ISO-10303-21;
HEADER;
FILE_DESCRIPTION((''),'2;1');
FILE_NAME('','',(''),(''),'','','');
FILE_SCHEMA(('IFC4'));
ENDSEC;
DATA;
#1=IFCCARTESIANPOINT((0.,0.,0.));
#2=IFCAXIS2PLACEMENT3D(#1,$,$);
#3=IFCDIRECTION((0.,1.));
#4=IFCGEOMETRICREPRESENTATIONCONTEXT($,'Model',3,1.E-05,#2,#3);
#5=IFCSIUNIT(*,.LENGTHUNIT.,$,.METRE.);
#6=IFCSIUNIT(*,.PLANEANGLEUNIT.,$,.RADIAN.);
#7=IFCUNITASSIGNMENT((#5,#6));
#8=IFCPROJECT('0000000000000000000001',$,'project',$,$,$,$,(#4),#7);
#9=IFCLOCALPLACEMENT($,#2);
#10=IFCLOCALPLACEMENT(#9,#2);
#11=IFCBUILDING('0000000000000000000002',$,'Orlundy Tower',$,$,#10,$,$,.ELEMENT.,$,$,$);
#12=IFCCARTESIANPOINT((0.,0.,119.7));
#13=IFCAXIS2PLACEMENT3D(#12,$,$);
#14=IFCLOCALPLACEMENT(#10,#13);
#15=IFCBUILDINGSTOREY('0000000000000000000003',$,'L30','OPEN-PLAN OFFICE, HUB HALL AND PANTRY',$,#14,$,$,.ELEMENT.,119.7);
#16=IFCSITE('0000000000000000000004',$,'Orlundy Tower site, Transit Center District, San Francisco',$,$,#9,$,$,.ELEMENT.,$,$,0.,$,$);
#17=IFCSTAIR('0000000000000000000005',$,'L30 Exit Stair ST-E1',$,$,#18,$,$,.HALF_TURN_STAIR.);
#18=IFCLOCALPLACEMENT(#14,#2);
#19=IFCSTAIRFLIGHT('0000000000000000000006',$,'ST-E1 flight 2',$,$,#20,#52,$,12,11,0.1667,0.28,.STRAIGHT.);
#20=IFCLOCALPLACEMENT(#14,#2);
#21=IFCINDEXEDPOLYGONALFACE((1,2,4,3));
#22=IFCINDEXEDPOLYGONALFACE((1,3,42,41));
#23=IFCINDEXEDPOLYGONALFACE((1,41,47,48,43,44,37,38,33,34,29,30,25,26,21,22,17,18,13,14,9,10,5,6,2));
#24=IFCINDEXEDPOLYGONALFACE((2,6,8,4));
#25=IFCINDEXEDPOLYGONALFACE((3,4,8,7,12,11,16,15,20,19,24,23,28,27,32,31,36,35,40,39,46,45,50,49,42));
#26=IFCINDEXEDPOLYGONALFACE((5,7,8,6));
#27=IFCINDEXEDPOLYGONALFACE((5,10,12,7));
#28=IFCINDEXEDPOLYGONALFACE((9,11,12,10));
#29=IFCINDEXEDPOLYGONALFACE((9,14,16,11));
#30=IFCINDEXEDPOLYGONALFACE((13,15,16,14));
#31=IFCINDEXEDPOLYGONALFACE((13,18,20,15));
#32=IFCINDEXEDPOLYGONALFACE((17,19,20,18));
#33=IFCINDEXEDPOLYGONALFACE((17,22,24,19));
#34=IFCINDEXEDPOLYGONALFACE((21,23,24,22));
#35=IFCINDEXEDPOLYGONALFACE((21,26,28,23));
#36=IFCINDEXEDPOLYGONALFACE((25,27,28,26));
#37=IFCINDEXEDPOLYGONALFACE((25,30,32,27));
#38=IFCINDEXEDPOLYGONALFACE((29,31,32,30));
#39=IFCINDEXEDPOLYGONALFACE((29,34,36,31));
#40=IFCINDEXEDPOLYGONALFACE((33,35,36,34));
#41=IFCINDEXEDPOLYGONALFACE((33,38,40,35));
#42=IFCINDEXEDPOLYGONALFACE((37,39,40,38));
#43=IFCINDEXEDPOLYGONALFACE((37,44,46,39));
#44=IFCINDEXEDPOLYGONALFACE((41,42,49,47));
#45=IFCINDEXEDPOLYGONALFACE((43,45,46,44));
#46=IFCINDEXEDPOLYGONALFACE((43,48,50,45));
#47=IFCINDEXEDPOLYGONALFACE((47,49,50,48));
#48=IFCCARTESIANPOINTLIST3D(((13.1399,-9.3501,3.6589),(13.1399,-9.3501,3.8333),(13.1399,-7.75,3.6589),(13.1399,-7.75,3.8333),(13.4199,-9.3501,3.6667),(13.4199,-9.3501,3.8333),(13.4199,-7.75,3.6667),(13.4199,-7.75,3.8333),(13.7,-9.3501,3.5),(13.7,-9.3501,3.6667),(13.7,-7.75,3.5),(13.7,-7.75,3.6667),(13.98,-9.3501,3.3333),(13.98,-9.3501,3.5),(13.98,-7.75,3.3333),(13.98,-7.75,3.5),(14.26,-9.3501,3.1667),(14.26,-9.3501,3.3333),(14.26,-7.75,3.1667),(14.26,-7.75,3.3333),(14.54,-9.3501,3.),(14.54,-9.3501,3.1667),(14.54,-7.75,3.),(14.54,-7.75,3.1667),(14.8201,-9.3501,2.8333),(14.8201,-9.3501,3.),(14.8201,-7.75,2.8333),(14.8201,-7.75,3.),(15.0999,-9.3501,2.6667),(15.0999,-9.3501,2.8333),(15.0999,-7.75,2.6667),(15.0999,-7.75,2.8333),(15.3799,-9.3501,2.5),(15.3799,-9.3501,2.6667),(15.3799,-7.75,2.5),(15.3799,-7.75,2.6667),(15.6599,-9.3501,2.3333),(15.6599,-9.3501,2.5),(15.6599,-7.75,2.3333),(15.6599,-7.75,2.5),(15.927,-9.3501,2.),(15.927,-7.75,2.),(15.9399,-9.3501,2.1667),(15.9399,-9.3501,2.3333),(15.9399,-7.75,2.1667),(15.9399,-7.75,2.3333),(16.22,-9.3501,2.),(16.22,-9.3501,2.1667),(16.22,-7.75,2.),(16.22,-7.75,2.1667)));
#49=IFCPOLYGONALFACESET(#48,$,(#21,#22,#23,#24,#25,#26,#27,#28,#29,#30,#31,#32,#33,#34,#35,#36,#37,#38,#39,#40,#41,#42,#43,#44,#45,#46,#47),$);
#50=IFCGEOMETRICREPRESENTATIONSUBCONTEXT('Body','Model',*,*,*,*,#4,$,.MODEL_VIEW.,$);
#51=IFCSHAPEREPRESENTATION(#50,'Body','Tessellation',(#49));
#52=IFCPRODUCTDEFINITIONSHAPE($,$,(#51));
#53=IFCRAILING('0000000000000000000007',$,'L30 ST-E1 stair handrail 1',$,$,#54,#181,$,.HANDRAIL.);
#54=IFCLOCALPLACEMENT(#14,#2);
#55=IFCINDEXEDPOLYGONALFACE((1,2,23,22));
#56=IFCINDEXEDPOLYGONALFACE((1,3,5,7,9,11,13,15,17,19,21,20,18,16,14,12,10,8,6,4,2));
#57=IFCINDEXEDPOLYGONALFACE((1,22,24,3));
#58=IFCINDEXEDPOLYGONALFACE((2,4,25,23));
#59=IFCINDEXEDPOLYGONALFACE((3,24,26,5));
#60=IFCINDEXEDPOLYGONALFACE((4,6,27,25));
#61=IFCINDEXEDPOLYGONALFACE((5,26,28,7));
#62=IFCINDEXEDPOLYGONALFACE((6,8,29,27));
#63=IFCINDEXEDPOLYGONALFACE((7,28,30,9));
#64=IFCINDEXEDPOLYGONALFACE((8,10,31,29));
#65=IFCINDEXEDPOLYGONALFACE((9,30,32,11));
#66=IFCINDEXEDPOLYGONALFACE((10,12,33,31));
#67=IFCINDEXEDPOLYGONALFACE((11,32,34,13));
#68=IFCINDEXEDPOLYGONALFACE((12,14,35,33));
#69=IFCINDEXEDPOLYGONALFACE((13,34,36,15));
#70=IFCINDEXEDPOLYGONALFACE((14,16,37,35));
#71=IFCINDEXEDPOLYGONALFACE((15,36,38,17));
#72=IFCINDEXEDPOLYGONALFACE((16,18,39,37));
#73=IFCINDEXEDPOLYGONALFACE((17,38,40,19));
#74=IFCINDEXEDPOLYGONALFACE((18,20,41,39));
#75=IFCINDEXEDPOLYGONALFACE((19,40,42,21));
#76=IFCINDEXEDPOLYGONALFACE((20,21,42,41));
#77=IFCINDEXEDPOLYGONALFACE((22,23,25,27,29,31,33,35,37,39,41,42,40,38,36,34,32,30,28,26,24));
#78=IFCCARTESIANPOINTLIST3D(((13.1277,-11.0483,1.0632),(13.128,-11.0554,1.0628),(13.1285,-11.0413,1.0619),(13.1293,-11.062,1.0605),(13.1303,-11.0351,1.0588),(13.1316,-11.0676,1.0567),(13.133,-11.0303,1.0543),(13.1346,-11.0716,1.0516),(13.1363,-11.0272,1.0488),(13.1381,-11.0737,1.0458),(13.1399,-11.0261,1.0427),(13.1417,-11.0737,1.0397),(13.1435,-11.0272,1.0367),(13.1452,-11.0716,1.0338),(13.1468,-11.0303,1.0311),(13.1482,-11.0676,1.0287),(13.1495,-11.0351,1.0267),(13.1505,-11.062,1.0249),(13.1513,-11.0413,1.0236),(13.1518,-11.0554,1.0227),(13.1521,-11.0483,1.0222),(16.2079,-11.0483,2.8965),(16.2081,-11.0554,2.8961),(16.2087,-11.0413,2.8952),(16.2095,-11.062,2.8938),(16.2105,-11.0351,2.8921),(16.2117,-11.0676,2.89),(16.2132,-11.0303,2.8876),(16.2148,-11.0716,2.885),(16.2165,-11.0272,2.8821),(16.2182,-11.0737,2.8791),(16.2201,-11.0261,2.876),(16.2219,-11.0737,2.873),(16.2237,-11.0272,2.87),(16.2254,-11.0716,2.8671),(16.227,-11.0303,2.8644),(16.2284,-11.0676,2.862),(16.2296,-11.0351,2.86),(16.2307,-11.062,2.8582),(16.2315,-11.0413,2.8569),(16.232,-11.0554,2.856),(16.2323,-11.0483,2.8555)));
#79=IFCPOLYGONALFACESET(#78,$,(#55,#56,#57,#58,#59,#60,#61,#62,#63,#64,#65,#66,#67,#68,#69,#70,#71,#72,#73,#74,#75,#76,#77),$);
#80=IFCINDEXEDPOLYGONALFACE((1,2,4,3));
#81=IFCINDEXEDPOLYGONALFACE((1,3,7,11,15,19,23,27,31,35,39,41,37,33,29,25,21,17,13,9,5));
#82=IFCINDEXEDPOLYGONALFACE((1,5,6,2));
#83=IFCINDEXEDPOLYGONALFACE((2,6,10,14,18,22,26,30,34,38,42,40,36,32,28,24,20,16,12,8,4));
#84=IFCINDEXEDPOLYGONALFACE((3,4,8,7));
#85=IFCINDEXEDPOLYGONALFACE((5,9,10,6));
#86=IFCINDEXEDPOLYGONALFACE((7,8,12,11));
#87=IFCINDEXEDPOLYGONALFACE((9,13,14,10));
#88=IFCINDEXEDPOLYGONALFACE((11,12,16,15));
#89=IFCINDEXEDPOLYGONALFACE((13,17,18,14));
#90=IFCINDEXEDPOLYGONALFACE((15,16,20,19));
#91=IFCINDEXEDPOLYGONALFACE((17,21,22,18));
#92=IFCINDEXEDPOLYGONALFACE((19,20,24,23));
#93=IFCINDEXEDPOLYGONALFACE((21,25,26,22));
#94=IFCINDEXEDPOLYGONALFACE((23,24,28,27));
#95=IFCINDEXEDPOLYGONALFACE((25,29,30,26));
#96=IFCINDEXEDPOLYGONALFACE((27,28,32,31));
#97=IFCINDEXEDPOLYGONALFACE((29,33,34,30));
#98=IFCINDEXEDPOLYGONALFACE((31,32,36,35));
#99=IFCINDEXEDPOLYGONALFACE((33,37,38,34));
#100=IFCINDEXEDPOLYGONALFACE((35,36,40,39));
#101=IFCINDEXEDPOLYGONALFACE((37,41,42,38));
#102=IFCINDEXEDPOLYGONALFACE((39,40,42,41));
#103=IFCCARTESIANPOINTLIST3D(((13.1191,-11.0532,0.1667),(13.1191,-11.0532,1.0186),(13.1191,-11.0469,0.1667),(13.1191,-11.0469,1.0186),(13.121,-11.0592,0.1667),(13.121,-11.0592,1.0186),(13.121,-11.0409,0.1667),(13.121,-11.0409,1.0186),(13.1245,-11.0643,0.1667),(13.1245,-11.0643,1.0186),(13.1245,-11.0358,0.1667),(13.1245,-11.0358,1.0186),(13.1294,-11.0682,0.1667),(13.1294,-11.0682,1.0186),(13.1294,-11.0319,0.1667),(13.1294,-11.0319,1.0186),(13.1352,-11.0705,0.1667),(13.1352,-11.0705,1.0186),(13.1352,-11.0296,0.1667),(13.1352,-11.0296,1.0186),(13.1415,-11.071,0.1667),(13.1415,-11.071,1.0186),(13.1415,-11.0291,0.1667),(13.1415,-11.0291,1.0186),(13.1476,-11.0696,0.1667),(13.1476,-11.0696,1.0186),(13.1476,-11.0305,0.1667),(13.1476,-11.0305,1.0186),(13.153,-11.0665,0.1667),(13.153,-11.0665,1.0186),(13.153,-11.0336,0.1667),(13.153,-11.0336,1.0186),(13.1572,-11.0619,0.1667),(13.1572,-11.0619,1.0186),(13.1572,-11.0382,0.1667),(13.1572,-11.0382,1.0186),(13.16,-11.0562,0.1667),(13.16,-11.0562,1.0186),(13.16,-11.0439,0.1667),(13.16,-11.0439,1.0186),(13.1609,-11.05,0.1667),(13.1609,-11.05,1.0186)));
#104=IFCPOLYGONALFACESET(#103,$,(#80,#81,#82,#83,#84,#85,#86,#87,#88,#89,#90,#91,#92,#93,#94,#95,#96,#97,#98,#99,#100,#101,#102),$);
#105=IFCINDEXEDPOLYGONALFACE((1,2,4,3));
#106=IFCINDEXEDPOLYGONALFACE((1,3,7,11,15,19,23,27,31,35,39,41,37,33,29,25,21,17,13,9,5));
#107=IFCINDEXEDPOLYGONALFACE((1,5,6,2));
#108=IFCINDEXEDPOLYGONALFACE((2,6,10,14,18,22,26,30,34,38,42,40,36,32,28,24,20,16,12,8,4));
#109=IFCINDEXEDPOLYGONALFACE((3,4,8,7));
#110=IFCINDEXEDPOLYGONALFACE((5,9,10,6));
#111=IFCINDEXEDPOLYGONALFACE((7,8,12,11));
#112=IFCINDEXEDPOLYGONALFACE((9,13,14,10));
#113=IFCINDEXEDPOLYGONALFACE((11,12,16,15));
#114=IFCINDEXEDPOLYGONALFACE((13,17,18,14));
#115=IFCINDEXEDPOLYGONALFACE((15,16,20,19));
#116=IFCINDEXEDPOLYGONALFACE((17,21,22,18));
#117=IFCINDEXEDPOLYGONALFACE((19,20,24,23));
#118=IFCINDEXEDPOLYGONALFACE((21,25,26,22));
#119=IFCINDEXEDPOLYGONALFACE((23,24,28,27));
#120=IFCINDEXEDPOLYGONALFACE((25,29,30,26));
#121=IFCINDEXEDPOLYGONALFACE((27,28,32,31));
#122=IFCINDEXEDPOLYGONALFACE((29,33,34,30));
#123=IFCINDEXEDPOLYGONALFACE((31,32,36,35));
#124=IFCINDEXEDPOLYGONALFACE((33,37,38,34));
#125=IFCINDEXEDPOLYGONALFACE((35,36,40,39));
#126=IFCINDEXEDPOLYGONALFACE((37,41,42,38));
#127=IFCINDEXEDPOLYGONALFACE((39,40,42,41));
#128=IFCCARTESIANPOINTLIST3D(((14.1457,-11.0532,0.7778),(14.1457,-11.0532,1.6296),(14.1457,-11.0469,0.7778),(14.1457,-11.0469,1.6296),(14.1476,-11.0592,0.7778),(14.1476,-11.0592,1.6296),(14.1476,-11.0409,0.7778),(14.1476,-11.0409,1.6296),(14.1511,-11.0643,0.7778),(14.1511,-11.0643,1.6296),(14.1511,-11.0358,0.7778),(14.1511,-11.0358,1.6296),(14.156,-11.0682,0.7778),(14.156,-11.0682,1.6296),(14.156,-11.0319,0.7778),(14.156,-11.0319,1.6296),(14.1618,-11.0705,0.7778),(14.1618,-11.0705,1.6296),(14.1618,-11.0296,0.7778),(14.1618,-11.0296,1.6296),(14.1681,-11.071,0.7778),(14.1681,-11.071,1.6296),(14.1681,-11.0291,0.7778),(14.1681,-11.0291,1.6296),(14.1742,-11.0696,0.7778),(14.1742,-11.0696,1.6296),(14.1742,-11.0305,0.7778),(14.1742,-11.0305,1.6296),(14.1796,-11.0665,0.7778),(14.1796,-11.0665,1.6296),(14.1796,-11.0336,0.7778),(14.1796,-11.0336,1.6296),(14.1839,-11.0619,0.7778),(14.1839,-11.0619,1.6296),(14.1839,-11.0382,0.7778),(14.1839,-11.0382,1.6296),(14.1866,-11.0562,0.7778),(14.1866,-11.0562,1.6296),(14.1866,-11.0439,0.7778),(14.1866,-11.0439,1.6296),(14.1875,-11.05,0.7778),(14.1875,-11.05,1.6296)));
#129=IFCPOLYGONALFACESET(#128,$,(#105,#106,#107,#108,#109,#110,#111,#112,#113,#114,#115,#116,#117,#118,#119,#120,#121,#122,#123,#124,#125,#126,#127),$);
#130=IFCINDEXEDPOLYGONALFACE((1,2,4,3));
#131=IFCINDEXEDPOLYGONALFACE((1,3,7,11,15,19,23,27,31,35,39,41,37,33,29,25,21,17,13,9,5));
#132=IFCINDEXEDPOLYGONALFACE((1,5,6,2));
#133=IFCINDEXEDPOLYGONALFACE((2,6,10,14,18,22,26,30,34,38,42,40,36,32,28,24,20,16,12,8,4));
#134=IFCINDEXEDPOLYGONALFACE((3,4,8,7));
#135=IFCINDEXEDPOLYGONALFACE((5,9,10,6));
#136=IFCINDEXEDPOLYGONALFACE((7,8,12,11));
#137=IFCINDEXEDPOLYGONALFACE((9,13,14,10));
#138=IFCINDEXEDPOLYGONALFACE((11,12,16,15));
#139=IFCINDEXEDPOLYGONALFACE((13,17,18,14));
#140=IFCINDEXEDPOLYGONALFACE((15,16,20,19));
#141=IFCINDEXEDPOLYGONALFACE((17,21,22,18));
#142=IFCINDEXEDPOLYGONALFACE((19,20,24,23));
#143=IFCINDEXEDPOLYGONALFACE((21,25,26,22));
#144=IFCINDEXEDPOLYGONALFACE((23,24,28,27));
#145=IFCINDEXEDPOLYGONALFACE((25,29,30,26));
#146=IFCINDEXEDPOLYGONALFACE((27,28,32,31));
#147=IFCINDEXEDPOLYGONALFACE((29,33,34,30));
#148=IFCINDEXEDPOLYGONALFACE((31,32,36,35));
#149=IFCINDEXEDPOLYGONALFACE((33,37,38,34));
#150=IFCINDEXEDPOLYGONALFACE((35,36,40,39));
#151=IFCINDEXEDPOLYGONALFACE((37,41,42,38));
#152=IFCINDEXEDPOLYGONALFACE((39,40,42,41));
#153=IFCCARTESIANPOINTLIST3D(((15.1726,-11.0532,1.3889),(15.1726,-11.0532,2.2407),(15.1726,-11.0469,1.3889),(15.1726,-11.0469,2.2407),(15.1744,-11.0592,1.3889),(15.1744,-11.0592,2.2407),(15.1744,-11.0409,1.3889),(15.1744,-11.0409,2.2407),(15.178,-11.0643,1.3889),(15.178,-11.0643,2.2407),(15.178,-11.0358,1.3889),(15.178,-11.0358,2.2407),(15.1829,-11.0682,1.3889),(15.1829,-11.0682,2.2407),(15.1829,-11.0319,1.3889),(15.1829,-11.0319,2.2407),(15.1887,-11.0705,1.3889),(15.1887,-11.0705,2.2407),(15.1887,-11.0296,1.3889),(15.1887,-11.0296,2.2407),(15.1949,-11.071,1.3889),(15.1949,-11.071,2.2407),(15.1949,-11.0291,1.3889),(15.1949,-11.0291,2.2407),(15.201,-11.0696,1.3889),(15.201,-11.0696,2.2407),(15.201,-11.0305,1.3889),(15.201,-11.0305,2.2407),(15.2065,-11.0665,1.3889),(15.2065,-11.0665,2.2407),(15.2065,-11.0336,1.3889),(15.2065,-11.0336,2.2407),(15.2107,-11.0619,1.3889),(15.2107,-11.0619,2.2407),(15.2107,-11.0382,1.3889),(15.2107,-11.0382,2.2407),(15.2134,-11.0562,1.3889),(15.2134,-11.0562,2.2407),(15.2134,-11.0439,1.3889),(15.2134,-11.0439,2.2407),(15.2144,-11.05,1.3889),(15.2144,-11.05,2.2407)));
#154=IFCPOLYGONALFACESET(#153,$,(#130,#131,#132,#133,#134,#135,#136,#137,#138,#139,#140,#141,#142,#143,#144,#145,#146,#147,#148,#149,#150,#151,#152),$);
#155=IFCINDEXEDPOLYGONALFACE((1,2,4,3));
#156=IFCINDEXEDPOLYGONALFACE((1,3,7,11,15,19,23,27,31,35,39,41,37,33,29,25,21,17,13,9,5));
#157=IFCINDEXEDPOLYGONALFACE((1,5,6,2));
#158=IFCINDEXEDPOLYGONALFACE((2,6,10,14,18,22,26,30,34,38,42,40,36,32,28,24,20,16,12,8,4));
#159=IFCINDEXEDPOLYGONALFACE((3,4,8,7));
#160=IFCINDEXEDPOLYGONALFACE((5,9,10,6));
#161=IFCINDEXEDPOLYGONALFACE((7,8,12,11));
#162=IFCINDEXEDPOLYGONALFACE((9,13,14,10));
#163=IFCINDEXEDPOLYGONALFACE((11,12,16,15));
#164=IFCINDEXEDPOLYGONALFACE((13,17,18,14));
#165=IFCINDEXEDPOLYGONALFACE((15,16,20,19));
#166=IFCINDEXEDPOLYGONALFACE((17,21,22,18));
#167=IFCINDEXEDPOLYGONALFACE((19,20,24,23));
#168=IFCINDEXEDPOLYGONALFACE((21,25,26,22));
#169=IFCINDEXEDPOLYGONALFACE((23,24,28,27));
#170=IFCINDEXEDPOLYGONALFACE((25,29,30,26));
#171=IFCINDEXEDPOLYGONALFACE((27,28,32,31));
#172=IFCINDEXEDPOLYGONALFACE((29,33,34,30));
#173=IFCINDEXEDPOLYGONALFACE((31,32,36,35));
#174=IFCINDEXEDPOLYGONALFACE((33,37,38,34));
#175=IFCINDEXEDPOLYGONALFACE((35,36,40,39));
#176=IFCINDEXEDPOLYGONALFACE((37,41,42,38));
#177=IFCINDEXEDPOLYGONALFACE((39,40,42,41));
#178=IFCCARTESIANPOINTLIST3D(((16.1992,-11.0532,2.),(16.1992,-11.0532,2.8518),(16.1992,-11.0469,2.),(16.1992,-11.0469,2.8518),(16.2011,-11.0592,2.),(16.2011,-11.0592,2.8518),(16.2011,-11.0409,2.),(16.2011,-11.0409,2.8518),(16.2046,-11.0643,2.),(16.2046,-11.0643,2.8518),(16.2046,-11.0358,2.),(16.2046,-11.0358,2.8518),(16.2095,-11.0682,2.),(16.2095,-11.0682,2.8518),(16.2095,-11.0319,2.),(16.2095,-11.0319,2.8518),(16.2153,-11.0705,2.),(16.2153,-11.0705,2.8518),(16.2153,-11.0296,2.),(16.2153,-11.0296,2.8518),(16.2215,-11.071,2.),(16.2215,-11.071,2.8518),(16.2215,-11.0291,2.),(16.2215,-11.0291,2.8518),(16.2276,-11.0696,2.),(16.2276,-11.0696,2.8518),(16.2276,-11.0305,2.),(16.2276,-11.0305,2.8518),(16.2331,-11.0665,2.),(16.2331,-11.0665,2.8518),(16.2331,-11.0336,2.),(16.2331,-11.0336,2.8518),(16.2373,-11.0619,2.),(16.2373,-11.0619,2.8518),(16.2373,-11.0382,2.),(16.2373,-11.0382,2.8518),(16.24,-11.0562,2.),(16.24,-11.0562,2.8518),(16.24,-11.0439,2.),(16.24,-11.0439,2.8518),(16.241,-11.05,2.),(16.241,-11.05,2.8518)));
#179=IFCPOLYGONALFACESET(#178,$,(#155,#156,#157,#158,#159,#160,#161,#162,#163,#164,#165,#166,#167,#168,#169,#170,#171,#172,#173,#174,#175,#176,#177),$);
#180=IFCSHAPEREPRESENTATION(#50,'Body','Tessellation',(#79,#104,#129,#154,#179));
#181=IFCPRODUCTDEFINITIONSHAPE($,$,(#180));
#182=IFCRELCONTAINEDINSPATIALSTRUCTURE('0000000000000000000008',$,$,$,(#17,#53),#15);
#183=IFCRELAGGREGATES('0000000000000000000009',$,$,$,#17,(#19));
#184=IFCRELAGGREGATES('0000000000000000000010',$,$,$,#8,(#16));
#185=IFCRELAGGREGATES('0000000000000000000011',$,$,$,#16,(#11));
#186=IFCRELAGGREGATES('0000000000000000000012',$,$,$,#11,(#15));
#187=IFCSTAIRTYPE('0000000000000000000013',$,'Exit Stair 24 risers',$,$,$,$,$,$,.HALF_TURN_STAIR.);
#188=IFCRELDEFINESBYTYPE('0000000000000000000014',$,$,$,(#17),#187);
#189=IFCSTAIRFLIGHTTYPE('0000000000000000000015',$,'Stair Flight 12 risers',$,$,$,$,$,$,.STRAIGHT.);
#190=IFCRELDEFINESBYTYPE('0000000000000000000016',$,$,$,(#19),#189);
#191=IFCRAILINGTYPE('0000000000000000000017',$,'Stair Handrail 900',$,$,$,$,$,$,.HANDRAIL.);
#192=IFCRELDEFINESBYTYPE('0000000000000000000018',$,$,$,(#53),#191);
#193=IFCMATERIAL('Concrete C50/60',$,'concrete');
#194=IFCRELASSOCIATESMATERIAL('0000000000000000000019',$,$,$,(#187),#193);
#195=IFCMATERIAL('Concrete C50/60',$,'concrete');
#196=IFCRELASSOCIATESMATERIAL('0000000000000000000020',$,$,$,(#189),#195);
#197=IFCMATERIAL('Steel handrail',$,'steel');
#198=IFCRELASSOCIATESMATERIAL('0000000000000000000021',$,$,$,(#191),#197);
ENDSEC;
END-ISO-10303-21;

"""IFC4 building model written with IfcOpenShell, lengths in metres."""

from ifc_helpers import new_model, si_unit, direction, frame, origin, origin_2d, place, context, subcontext, project, spatial, polyline, circle, outline, extrude, material, type_object, element, aggregate, save


model = new_model("IFC4")

# Units and contexts
model_context = context("Model", 3, precision=1e-05, world=origin(), true_north=direction((0.0, 1.0)))
body_context = subcontext(model_context, "Body", "Model", "MODEL_VIEW")
ifc_project = project(units=[si_unit("LENGTHUNIT", "METRE"), si_unit("PLANEANGLEUNIT", "RADIAN")], contexts=[model_context])

# Site, building, storey
site_placement = place(None, origin())
site = spatial("IfcSite", under=ifc_project, at=site_placement, Name="Orlundy Tower site, Transit Center District, San Francisco", CompositionType="ELEMENT", RefElevation=0.0)
building_placement = place(site_placement, origin())
building = spatial("IfcBuilding", under=site, at=building_placement, Name="Orlundy Tower", CompositionType="ELEMENT")
storey_placement = place(building_placement, frame((0.0, 0.0, 119.7)))
storey = spatial("IfcBuildingStorey", under=building, at=storey_placement, Name="L30", Description="OPEN-PLAN OFFICE, HUB HALL AND PANTRY", CompositionType="ELEMENT", Elevation=119.7)

# Stair, stair flight
ifc_material_1 = material(Name="Concrete C50/60", Category="concrete")
stair_type = type_object("IfcStairType", Name="Exit Stair 24 risers", PredefinedType="HALF_TURN_STAIR", material=ifc_material_1)
stair_placement = place(storey_placement, origin())
stair = element("IfcStair", 1, at=stair_placement, inside=storey, type_object=stair_type, Name="L30 Exit Stair ST-E1", PredefinedType="HALF_TURN_STAIR")
ifc_material_2 = material(Name="Concrete C50/60", Category="concrete")
stair_flight_type = type_object("IfcStairFlightType", Name="Stair Flight 12 risers", PredefinedType="STRAIGHT", material=ifc_material_2)
stair_flight_1_placement = place(storey_placement, frame((16.22, -8.55, 2.0), z_axis=(0.0, 0.0, 1.0), x_axis=(-1.0, 0.0, 0.0)))
stair_flight_1 = element("IfcStairFlight", 2, at=stair_flight_1_placement, type_object=stair_flight_type, Name="ST-E1 flight 2", NumberOfRisers=12, NumberOfTreads=11, PredefinedType="STRAIGHT", RiserHeight=0.1667, TreadLength=0.28, context=body_context, shape_type="SweptSolid", body=[
    extrude(outline(polyline([(0.0, 0.0), (0.0, 0.1667), (0.28, 0.1667), (0.28, 0.3333), (0.5601, 0.3333), (0.5601, 0.5), (0.8401, 0.5), (0.8401, 0.6667), (1.1201, 0.6667), (1.1201, 0.8333), (1.3999, 0.8333), (1.3999, 1.0), (1.6799, 1.0), (1.6799, 1.1667), (1.96, 1.1667), (1.96, 1.3333), (2.24, 1.3333), (2.24, 1.5), (2.52, 1.5), (2.52, 1.6667), (2.8, 1.6667), (2.8, 1.8333), (3.0801, 1.8333), (3.0801, 2.0), (3.0801, 1.6589), (0.293, 0.0), (0.0, 0.0)])), frame((0.0, 0.8, 0.0), z_axis=(0.0, -1.0, 0.0), x_axis=(1.0, 0.0, 0.0)), (0.0, 0.0, 1.0), 1.6001),
])
aggregate(stair, [stair_flight_1])

# Railing
ifc_material_3 = material(Name="Steel handrail", Category="steel")
railing_type_1 = type_object("IfcRailingType", Name="Stair Handrail 900", PredefinedType="HANDRAIL", material=ifc_material_3)
railing_1_placement = place(storey_placement, frame((13.1399, -11.05, 0.1667)))
element("IfcRailing", 3, at=railing_1_placement, inside=storey, type_object=railing_type_1, Name="L30 ST-E1 stair handrail 1", PredefinedType="HANDRAIL", context=body_context, shape_type="SweptSolid", body=[
    extrude(circle(Radius=0.0239, at=origin_2d()), frame((0.0, 0.0, 0.876), z_axis=(0.859309, 0.0, 0.511458), x_axis=(0.0, 1.0, 0.0)), (0.0, 0.0, 1.0), 3.5845),
    extrude(circle(Radius=0.021, at=origin_2d()), origin(), (0.0, 0.0, 1.0), 0.8518),
    extrude(circle(Radius=0.021, at=origin_2d()), frame((1.0266, 0.0, 0.6111)), (0.0, 0.0, 1.0), 0.8518),
    extrude(circle(Radius=0.021, at=origin_2d()), frame((2.0535, 0.0, 1.2222)), (0.0, 0.0, 1.0), 0.8518),
    extrude(circle(Radius=0.021, at=origin_2d()), frame((3.0801, 0.0, 1.8333)), (0.0, 0.0, 1.0), 0.8518),
])

save(model, "model.ifc")
